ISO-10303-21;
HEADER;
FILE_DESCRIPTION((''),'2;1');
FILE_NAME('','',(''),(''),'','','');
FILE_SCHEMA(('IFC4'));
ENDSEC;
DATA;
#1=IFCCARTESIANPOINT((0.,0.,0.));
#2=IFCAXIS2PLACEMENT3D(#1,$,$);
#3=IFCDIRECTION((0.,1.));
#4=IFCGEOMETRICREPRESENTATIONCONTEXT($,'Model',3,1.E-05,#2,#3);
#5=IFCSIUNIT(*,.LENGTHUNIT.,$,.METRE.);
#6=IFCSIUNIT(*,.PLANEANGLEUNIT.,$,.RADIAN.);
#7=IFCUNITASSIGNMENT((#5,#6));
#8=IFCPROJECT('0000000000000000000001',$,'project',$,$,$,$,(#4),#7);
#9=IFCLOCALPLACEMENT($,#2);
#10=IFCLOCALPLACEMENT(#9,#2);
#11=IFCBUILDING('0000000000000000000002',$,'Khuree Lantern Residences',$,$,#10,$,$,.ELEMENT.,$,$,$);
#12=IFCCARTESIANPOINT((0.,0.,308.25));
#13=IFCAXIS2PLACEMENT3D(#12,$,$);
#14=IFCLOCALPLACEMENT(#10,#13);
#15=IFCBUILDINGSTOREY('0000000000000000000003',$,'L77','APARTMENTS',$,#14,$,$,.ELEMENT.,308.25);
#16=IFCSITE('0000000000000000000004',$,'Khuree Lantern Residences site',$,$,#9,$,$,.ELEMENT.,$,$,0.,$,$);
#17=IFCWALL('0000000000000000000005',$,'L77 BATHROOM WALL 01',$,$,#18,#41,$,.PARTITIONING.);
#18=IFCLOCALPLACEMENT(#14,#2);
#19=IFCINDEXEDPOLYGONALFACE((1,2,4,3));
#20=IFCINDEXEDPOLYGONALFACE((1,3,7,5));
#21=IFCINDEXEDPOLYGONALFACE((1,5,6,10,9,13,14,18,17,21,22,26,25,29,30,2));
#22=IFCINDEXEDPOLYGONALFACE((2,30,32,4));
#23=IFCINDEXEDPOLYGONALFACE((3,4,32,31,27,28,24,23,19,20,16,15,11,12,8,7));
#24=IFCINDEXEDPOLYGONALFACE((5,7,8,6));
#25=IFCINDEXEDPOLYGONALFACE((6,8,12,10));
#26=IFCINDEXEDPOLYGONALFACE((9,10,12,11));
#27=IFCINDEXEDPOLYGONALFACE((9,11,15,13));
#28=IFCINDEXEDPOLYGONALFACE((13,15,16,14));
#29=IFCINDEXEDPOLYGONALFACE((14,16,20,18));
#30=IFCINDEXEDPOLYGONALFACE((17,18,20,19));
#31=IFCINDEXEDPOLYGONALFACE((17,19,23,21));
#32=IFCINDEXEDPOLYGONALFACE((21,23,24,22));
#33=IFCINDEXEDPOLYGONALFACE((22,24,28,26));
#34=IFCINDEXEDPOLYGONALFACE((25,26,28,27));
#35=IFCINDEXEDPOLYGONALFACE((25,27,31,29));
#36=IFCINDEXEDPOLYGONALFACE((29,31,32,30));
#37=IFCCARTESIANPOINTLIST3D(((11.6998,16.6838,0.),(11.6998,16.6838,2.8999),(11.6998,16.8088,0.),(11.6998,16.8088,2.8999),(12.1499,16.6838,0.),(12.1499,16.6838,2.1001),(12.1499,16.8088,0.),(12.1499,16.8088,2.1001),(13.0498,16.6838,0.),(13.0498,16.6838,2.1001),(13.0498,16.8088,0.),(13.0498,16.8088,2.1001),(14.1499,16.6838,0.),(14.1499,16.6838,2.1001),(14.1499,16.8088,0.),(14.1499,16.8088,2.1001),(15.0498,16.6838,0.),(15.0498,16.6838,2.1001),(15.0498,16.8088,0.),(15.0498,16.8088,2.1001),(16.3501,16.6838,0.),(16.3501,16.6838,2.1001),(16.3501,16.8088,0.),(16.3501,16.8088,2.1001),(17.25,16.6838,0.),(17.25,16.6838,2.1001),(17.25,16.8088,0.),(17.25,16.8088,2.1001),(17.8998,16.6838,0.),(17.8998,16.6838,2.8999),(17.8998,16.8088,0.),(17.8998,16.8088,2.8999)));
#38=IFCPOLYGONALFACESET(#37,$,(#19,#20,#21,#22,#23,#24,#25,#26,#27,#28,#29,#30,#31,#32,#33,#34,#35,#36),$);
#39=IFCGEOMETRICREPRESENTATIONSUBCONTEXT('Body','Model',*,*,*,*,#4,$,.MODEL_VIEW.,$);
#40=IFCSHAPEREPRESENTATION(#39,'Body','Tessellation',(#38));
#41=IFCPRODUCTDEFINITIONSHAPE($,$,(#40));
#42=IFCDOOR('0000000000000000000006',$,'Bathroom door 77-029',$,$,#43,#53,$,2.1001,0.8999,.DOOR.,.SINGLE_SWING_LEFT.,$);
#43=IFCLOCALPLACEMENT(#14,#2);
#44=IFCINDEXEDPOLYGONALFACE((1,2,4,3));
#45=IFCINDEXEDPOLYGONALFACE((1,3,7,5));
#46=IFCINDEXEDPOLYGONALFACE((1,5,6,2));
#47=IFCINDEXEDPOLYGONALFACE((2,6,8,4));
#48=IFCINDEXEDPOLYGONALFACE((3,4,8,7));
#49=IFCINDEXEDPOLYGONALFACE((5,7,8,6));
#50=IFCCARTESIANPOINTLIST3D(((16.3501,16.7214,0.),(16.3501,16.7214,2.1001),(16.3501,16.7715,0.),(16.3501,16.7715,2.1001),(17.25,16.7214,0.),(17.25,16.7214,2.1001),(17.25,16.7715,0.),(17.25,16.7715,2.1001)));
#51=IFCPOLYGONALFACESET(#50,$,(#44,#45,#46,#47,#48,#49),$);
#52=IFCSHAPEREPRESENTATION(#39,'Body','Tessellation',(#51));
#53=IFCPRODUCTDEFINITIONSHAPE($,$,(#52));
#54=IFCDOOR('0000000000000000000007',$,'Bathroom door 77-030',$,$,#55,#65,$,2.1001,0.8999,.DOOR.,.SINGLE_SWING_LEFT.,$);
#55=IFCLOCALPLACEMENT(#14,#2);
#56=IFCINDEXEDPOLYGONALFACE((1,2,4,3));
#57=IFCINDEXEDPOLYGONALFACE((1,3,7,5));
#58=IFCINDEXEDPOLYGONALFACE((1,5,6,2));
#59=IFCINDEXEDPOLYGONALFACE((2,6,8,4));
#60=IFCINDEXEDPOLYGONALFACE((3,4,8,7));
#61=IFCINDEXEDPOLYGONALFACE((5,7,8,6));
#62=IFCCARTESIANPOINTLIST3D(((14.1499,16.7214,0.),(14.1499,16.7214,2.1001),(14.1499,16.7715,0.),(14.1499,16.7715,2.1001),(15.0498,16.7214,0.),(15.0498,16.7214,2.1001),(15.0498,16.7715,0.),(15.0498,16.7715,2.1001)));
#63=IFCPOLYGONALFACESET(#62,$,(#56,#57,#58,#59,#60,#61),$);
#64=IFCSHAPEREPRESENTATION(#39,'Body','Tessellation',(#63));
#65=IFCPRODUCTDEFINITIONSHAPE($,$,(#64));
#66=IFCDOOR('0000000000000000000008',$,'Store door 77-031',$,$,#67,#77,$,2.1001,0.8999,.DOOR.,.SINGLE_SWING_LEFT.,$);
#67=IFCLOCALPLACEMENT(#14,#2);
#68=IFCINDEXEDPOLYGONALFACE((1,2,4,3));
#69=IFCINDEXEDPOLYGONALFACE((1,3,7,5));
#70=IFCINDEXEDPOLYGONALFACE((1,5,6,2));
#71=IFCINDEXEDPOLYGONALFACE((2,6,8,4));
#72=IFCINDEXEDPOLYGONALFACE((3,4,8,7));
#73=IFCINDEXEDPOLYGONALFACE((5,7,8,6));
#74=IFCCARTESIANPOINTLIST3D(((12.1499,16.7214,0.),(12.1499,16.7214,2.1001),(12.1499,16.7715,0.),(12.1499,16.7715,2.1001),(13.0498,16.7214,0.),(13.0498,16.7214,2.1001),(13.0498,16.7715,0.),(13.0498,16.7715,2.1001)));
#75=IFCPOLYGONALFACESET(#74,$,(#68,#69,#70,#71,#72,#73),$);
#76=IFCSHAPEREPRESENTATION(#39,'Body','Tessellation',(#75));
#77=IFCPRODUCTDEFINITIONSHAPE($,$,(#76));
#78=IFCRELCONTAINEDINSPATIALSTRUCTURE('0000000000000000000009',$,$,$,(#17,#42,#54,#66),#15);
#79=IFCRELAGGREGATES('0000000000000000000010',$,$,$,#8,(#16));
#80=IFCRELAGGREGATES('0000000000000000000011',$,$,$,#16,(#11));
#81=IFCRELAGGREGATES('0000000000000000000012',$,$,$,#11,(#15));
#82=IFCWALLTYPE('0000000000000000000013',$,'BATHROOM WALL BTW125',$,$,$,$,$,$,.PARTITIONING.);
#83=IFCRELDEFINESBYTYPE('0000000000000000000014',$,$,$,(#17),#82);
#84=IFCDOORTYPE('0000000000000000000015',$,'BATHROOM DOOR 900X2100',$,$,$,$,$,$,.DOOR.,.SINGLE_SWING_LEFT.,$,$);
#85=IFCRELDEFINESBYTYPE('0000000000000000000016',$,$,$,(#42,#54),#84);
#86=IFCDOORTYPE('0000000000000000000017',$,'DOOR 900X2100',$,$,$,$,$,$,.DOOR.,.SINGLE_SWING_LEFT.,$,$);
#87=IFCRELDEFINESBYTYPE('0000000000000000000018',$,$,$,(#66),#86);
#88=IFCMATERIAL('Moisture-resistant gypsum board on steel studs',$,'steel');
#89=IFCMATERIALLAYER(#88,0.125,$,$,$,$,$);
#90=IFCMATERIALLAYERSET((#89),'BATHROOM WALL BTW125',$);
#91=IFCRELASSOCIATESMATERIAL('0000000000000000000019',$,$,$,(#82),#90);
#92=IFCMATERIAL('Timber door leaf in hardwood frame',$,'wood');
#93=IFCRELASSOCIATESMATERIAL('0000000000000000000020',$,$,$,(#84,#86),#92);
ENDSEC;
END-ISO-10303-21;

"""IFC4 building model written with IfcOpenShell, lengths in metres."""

from ifc_helpers import new_model, si_unit, direction, frame, frame_2d, origin, place, context, subcontext, project, spatial, rectangle, extrude, material, layer, layer_set, type_object, element, fill, save


model = new_model("IFC4")

# Units and contexts
model_context = context("Model", 3, precision=1e-05, world=origin(), true_north=direction((0.0, 1.0)))
body_context = subcontext(model_context, "Body", "Model", "MODEL_VIEW")
ifc_project = project(units=[si_unit("LENGTHUNIT", "METRE"), si_unit("PLANEANGLEUNIT", "RADIAN")], contexts=[model_context])

# Site, building, storey
site_placement = place(None, origin())
site = spatial("IfcSite", under=ifc_project, at=site_placement, Name="Khuree Lantern Residences site", CompositionType="ELEMENT", RefElevation=0.0)
building_placement = place(site_placement, origin())
building = spatial("IfcBuilding", under=site, at=building_placement, Name="Khuree Lantern Residences", CompositionType="ELEMENT")
storey_placement = place(building_placement, frame((0.0, 0.0, 308.25)))
storey = spatial("IfcBuildingStorey", under=building, at=storey_placement, Name="L77", Description="APARTMENTS", CompositionType="ELEMENT", Elevation=308.25)

# Wall, openings, doors
ifc_material_1 = material(Name="Moisture-resistant gypsum board on steel studs", Category="steel")
ifc_layer_1 = layer(ifc_material_1, 0.125)
ifc_layer_set_1 = layer_set([ifc_layer_1], Name="BATHROOM WALL BTW125")
wall_type = type_object("IfcWallType", Name="BATHROOM WALL BTW125", PredefinedType="PARTITIONING", material=ifc_layer_set_1)
wall_placement = place(storey_placement, frame((17.8999, 16.7463, 0.0), z_axis=(0.0, 0.0, 1.0), x_axis=(-1.0, 0.0, 0.0)))
wall = element("IfcWall", 1, at=wall_placement, inside=storey, type_object=wall_type, Name="L77 BATHROOM WALL 01", PredefinedType="PARTITIONING", context=body_context, shape_type="SweptSolid", body=[
    extrude(rectangle(XDim=6.2, YDim=0.125, at=frame_2d((3.1001, 0.0))), origin(), (0.0, 0.0, 1.0), 2.8999),
])
opening_1_placement = place(wall_placement, frame((0.6499, 0.0, 0.0)))
opening_1 = element("IfcOpeningElement", 2, at=opening_1_placement, cuts=wall, PredefinedType="OPENING", context=body_context, shape_type="SweptSolid", body=[
    extrude(rectangle(XDim=0.8999, YDim=2.1001, at=frame_2d((0.45, 1.05))), frame((0.0, 0.0725, 0.0), z_axis=(0.0, -1.0, 0.0), x_axis=(1.0, 0.0, 0.0)), (0.0, 0.0, 1.0), 0.145),
])
opening_2_placement = place(wall_placement, frame((2.8501, 0.0, 0.0)))
opening_2 = element("IfcOpeningElement", 3, at=opening_2_placement, cuts=wall, PredefinedType="OPENING", context=body_context, shape_type="SweptSolid", body=[
    extrude(rectangle(XDim=0.8999, YDim=2.1001, at=frame_2d((0.45, 1.05))), frame((0.0, 0.0725, 0.0), z_axis=(0.0, -1.0, 0.0), x_axis=(1.0, 0.0, 0.0)), (0.0, 0.0, 1.0), 0.145),
])
opening_3_placement = place(wall_placement, frame((4.8501, 0.0, 0.0)))
opening_3 = element("IfcOpeningElement", 4, at=opening_3_placement, cuts=wall, PredefinedType="OPENING", context=body_context, shape_type="SweptSolid", body=[
    extrude(rectangle(XDim=0.8999, YDim=2.1001, at=frame_2d((0.45, 1.05))), frame((0.0, 0.0725, 0.0), z_axis=(0.0, -1.0, 0.0), x_axis=(1.0, 0.0, 0.0)), (0.0, 0.0, 1.0), 0.145),
])
ifc_material_2 = material(Name="Timber door leaf in hardwood frame", Category="wood")
door_type_1 = type_object("IfcDoorType", Name="BATHROOM DOOR 900X2100", OperationType="SINGLE_SWING_LEFT", PredefinedType="DOOR", material=ifc_material_2)
door_1_placement = place(opening_1_placement, origin())
door_1 = element("IfcDoor", 5, at=door_1_placement, inside=storey, type_object=door_type_1, Name="Bathroom door 77-029", OperationType="SINGLE_SWING_LEFT", OverallHeight=2.1001, OverallWidth=0.8999, PredefinedType="DOOR", context=body_context, shape_type="SweptSolid", body=[
    extrude(rectangle(XDim=0.8999, YDim=2.1001, at=frame_2d((0.45, 1.05))), frame((0.0, 0.0249, 0.0), z_axis=(0.0, -1.0, 0.0), x_axis=(1.0, 0.0, 0.0)), (0.0, 0.0, 1.0), 0.05),
])
fill(opening_1, door_1)
door_2_placement = place(opening_2_placement, origin())
door_2 = element("IfcDoor", 6, at=door_2_placement, inside=storey, type_object=door_type_1, Name="Bathroom door 77-030", OperationType="SINGLE_SWING_LEFT", OverallHeight=2.1001, OverallWidth=0.8999, PredefinedType="DOOR", context=body_context, shape_type="SweptSolid", body=[
    extrude(rectangle(XDim=0.8999, YDim=2.1001, at=frame_2d((0.45, 1.05))), frame((0.0, 0.0249, 0.0), z_axis=(0.0, -1.0, 0.0), x_axis=(1.0, 0.0, 0.0)), (0.0, 0.0, 1.0), 0.05),
])
fill(opening_2, door_2)
door_type_2 = type_object("IfcDoorType", Name="DOOR 900X2100", OperationType="SINGLE_SWING_LEFT", PredefinedType="DOOR", material=ifc_material_2)
door_3_placement = place(opening_3_placement, origin())
door_3 = element("IfcDoor", 7, at=door_3_placement, inside=storey, type_object=door_type_2, Name="Store door 77-031", OperationType="SINGLE_SWING_LEFT", OverallHeight=2.1001, OverallWidth=0.8999, PredefinedType="DOOR", context=body_context, shape_type="SweptSolid", body=[
    extrude(rectangle(XDim=0.8999, YDim=2.1001, at=frame_2d((0.45, 1.05))), frame((0.0, 0.0249, 0.0), z_axis=(0.0, -1.0, 0.0), x_axis=(1.0, 0.0, 0.0)), (0.0, 0.0, 1.0), 0.05),
])
fill(opening_3, door_3)

save(model, "model.ifc")
